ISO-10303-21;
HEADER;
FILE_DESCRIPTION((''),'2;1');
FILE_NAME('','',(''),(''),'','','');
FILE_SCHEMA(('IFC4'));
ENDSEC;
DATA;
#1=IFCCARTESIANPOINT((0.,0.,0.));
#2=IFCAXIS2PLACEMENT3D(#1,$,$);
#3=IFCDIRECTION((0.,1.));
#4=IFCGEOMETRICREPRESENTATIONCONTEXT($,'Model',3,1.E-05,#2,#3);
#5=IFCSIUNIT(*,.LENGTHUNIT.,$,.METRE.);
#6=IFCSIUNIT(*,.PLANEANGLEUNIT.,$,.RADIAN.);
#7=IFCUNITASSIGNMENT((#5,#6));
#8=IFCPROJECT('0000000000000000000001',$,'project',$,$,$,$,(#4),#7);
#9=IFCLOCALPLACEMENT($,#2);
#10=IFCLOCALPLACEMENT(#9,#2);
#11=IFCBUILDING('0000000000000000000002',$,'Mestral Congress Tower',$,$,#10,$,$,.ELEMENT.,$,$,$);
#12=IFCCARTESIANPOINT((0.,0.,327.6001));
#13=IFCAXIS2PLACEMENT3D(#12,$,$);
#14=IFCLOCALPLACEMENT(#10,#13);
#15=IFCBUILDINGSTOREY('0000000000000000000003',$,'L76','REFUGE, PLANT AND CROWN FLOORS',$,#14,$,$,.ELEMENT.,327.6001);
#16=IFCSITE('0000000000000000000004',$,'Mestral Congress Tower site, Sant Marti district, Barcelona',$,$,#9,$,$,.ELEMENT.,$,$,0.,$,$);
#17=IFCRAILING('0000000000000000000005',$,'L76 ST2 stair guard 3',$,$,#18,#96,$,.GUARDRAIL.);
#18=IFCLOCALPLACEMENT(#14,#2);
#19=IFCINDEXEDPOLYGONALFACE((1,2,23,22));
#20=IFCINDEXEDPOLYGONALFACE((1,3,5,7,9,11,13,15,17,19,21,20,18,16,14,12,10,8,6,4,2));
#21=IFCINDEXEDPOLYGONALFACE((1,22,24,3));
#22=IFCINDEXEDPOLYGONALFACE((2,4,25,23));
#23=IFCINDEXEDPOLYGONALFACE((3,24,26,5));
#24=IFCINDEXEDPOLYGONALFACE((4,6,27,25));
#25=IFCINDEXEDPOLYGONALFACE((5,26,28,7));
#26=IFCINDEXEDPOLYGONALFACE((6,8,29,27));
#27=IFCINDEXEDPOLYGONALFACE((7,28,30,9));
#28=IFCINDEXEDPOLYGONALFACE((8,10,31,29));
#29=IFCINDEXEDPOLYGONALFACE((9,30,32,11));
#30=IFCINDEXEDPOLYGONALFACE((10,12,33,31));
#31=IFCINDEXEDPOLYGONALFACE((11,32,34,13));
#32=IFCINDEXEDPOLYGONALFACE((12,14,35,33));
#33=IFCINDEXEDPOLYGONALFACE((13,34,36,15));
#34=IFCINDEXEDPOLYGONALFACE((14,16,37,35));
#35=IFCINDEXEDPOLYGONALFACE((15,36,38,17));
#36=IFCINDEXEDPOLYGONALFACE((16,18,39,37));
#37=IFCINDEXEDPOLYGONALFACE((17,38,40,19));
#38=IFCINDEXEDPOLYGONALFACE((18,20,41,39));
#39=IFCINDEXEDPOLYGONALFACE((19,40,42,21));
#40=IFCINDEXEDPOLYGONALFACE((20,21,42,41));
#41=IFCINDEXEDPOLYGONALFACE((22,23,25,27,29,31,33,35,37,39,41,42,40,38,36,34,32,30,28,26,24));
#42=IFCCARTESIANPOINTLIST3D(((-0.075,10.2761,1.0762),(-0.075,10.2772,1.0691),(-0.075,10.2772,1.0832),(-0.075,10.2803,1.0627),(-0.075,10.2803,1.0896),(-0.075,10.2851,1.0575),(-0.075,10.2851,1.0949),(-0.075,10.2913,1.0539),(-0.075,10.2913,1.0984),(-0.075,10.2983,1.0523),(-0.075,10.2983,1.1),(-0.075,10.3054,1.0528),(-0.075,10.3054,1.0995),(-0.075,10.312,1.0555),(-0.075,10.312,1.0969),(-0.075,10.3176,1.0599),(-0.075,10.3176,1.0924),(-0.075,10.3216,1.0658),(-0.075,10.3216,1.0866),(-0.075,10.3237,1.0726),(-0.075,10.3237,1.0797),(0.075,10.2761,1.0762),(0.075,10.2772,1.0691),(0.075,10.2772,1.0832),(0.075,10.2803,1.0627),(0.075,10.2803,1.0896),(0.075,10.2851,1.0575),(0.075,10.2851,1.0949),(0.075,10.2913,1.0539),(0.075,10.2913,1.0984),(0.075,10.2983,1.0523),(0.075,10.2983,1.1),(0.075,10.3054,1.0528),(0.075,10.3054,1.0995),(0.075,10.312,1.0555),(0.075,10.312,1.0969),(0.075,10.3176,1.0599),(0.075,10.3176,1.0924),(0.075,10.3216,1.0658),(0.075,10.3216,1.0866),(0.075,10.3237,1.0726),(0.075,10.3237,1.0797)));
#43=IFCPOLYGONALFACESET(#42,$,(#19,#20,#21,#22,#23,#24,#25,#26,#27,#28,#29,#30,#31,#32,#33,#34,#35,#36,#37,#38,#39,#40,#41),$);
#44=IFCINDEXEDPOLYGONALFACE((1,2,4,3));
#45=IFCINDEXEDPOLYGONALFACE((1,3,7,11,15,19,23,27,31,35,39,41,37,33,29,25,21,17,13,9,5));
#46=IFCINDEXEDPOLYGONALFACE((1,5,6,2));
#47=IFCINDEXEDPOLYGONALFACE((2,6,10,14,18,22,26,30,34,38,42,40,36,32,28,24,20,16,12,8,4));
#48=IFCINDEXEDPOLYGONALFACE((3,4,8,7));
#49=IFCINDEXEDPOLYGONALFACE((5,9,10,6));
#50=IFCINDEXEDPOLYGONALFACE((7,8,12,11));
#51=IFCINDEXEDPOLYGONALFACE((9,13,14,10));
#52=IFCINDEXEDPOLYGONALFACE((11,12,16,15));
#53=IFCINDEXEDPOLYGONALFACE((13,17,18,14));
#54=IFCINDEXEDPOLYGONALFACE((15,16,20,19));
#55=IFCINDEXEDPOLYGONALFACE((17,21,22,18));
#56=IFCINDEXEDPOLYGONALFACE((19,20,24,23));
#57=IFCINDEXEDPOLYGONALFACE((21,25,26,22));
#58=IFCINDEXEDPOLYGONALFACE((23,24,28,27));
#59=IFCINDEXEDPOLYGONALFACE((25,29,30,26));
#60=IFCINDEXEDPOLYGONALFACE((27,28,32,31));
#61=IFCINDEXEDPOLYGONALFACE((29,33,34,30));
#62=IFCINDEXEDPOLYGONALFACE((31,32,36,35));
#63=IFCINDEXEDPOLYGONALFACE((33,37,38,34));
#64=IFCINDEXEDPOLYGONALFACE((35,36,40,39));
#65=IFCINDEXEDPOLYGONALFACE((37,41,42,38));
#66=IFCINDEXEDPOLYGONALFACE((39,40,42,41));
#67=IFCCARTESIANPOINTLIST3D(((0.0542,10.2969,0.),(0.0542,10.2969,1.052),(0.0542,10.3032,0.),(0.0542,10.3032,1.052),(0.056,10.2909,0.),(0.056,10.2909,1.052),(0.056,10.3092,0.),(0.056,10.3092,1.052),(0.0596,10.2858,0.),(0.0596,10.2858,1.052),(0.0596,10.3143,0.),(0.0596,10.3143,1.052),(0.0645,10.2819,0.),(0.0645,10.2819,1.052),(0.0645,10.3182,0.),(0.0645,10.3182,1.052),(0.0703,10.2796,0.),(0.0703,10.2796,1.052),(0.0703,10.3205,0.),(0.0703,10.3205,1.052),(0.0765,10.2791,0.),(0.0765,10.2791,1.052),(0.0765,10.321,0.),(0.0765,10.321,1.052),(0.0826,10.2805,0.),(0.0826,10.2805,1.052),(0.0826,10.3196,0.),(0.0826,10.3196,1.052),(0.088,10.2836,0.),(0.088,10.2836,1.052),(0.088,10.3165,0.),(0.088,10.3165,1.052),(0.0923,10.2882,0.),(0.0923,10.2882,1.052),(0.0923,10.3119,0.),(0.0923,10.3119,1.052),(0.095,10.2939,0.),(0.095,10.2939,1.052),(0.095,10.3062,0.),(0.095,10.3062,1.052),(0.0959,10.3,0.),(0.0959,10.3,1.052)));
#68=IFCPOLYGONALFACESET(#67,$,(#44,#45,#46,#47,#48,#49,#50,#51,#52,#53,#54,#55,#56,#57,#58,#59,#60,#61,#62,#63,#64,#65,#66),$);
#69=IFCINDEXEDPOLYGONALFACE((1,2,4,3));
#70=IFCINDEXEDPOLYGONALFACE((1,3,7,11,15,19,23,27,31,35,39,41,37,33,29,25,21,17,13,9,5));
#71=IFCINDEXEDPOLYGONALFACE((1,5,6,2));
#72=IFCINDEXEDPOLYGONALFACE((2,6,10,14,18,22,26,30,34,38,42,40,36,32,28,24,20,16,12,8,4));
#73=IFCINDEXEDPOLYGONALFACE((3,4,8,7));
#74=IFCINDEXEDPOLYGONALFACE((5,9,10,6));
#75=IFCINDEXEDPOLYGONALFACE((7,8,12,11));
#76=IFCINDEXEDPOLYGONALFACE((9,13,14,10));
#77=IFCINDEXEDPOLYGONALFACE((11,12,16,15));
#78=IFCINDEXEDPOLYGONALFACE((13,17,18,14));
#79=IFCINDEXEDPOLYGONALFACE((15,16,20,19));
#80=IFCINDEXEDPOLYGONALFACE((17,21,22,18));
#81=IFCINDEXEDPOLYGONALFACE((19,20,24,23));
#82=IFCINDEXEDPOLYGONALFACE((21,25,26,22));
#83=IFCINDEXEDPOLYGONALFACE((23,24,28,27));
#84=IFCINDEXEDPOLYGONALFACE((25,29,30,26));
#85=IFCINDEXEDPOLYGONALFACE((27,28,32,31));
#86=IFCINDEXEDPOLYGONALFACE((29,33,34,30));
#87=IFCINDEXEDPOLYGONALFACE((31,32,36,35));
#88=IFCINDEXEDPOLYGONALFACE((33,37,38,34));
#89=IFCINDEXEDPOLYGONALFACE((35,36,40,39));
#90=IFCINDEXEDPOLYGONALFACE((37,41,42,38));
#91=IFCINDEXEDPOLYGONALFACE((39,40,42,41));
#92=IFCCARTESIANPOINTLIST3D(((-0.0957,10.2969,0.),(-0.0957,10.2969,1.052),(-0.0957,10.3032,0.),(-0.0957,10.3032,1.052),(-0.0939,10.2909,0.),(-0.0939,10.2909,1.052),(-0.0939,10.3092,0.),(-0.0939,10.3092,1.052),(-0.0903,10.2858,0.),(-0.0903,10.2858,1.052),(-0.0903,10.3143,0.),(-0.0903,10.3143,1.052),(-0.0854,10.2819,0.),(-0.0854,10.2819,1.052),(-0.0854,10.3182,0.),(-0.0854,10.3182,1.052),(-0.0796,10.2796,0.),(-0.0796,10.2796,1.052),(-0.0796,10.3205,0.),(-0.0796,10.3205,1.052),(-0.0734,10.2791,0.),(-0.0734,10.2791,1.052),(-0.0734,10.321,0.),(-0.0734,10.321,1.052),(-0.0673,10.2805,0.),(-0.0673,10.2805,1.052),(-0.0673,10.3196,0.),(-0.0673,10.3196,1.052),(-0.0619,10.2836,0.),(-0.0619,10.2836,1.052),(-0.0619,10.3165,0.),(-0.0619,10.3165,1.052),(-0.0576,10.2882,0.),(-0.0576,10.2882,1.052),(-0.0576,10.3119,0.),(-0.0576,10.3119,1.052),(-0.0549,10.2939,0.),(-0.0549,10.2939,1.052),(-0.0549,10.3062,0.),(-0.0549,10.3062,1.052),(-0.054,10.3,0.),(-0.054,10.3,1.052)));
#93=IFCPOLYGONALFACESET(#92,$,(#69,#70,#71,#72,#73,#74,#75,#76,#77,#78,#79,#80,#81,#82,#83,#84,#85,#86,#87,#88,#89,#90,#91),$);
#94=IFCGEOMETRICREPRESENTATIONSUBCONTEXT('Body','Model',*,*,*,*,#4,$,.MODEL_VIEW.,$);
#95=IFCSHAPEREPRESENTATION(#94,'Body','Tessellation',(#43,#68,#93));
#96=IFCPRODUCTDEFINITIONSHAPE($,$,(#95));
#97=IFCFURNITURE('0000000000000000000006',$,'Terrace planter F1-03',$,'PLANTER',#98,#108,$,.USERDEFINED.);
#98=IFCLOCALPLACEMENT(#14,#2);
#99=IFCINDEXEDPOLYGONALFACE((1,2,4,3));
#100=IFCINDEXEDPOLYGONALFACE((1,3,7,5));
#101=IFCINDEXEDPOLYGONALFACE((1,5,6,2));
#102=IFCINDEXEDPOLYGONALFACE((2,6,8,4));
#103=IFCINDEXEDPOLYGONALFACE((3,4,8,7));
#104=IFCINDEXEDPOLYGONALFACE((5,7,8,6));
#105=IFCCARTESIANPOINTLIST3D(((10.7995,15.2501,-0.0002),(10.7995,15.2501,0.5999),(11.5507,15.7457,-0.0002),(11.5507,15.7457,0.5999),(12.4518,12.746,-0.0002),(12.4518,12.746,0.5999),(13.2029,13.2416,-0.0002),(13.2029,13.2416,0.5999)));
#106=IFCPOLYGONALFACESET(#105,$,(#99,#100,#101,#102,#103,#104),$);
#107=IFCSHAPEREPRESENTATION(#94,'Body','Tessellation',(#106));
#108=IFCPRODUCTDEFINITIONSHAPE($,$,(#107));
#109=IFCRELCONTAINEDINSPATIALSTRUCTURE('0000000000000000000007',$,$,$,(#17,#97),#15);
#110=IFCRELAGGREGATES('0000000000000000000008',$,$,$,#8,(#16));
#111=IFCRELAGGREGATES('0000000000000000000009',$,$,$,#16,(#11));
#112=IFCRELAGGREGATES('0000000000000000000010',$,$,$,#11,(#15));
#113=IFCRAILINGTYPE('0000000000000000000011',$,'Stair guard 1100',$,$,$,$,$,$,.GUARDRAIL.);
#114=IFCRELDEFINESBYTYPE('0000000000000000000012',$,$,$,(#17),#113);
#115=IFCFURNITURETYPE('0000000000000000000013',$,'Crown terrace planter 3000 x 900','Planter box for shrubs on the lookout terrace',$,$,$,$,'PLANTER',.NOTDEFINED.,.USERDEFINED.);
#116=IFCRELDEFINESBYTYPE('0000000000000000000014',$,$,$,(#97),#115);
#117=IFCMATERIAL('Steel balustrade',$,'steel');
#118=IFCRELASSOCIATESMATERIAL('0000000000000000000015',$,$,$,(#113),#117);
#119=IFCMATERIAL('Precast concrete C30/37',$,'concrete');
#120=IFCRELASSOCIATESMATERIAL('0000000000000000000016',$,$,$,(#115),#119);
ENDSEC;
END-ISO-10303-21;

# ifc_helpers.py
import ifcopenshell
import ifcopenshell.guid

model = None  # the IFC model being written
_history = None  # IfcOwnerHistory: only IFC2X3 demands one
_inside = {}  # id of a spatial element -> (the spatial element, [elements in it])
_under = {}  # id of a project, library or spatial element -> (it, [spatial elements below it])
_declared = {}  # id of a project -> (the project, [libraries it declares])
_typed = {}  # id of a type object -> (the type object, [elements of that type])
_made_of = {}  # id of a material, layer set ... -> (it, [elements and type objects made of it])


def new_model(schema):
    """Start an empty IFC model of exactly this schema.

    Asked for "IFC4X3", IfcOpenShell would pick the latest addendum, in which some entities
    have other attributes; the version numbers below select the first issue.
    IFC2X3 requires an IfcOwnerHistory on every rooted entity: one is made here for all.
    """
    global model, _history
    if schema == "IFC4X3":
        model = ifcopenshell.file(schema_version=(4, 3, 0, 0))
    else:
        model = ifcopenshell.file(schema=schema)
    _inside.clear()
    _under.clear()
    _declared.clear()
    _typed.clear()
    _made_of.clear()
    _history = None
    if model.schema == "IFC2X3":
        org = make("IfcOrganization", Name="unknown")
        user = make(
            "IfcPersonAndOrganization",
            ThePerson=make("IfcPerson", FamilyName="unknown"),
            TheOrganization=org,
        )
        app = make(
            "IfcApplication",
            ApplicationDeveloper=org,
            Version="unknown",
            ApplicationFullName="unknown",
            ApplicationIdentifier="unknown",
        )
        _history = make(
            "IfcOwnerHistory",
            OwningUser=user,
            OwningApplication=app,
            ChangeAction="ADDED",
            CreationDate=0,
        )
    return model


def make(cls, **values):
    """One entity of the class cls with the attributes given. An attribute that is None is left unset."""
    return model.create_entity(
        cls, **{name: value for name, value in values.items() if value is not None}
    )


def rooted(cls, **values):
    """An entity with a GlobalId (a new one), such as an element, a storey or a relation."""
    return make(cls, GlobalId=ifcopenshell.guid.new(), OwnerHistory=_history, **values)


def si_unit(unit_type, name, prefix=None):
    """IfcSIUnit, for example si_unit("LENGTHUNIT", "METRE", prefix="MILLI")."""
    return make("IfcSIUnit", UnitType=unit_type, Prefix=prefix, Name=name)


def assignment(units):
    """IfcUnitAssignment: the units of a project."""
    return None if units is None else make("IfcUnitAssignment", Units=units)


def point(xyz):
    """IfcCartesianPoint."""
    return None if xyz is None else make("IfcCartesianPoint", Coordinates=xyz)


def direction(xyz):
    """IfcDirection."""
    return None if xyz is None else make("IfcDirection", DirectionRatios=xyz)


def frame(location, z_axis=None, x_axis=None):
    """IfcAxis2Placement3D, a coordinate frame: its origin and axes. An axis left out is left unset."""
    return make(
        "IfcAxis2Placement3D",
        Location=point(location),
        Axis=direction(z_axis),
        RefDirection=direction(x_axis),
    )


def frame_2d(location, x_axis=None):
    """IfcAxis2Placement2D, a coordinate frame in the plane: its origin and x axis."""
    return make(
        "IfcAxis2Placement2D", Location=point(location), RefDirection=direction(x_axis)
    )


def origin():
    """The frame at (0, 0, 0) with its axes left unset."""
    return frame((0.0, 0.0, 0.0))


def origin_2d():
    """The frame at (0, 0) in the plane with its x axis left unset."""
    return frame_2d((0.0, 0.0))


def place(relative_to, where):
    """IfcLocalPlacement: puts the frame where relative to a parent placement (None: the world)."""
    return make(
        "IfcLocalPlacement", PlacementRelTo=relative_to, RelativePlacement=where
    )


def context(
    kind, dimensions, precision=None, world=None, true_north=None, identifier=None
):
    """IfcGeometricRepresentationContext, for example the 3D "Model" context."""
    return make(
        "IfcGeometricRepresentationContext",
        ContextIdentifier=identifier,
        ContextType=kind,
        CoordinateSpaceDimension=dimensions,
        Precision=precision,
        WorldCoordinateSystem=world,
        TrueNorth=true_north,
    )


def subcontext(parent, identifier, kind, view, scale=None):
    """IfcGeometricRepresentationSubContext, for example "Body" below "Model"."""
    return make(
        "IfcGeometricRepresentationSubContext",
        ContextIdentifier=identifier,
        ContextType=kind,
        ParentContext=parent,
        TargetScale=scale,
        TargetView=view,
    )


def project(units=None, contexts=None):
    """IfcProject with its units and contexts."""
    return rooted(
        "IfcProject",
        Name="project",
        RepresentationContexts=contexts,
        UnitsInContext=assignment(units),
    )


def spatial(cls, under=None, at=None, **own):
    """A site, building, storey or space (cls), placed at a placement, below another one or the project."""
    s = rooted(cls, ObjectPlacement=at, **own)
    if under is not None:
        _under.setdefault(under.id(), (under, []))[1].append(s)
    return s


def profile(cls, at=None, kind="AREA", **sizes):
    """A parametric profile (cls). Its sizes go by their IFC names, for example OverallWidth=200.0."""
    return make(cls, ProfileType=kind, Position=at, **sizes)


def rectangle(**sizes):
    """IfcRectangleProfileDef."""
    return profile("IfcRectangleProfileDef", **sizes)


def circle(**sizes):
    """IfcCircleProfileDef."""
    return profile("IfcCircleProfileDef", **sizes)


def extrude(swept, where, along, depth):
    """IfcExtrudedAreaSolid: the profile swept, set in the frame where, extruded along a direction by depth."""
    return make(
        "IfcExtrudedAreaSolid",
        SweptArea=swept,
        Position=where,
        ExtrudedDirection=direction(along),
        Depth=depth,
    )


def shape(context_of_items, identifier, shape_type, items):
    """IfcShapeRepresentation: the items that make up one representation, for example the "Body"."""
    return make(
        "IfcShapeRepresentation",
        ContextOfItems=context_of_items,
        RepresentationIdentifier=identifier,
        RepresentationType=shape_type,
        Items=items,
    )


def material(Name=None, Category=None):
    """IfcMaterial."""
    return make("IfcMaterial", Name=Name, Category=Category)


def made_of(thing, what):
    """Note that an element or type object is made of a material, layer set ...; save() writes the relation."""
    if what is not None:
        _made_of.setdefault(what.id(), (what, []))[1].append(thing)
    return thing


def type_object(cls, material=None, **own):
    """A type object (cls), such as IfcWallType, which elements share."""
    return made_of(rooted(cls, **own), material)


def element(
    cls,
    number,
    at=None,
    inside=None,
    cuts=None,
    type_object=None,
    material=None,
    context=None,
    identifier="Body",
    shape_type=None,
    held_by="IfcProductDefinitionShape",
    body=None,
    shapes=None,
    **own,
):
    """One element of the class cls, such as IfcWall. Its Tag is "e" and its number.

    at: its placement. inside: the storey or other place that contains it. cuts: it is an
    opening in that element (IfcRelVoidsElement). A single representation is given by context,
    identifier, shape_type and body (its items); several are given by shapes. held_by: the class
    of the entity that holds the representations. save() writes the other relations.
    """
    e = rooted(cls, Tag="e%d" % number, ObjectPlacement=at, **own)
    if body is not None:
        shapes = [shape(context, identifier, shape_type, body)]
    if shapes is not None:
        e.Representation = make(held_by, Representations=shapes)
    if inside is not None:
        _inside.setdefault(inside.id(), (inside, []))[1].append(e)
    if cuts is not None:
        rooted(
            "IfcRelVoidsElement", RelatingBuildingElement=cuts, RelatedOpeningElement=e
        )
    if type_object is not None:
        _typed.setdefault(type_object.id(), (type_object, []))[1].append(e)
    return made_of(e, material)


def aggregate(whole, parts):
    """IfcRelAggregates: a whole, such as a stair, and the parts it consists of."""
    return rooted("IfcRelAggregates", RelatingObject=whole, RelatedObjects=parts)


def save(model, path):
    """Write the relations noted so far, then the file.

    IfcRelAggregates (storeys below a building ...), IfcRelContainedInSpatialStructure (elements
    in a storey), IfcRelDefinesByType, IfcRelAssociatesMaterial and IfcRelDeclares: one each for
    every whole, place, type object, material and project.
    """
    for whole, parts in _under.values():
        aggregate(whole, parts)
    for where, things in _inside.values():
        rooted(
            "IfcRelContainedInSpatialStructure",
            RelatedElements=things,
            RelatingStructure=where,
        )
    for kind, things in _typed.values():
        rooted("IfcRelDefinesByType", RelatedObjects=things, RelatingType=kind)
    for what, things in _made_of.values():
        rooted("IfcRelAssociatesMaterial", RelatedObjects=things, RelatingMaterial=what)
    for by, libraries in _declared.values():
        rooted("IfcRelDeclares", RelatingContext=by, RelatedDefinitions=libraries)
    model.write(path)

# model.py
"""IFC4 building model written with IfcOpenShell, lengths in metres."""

from ifc_helpers import new_model, si_unit, direction, frame, origin, origin_2d, place, context, subcontext, project, spatial, rectangle, circle, extrude, material, type_object, element, save


model = new_model("IFC4")

# Units and contexts
model_context = context("Model", 3, precision=1e-05, world=origin(), true_north=direction((0.0, 1.0)))
body_context = subcontext(model_context, "Body", "Model", "MODEL_VIEW")
ifc_project = project(units=[si_unit("LENGTHUNIT", "METRE"), si_unit("PLANEANGLEUNIT", "RADIAN")], contexts=[model_context])

# Site, building, storey
site_placement = place(None, origin())
site = spatial("IfcSite", under=ifc_project, at=site_placement, Name="Mestral Congress Tower site, Sant Marti district, Barcelona", CompositionType="ELEMENT", RefElevation=0.0)
building_placement = place(site_placement, origin())
building = spatial("IfcBuilding", under=site, at=building_placement, Name="Mestral Congress Tower", CompositionType="ELEMENT")
storey_placement = place(building_placement, frame((0.0, 0.0, 327.6001)))
storey = spatial("IfcBuildingStorey", under=building, at=storey_placement, Name="L76", Description="REFUGE, PLANT AND CROWN FLOORS", CompositionType="ELEMENT", Elevation=327.6001)

# Railing
ifc_material_1 = material(Name="Steel balustrade", Category="steel")
railing_type_1 = type_object("IfcRailingType", Name="Stair guard 1100", PredefinedType="GUARDRAIL", material=ifc_material_1)
railing_1_placement = place(storey_placement, frame((0.075, 10.3, 0.0)))
element("IfcRailing", 1, at=railing_1_placement, inside=storey, type_object=railing_type_1, Name="L76 ST2 stair guard 3", PredefinedType="GUARDRAIL", context=body_context, shape_type="SweptSolid", body=[
    extrude(circle(Radius=0.0239, at=origin_2d()), frame((0.0, 0.0, 1.0762), z_axis=(-1.0, 0.0, 0.0), x_axis=(0.0, -1.0, 0.0)), (0.0, 0.0, 1.0), 0.1499),
    extrude(circle(Radius=0.021, at=origin_2d()), origin(), (0.0, 0.0, 1.0), 1.052),
    extrude(circle(Radius=0.021, at=origin_2d()), frame((-0.1499, 0.0, 0.0)), (0.0, 0.0, 1.0), 1.052),
])

# Furniture
ifc_material_2 = material(Name="Precast concrete C30/37", Category="concrete")
furniture_type = type_object("IfcFurnitureType", Name="Crown terrace planter 3000 x 900", Description="Planter box for shrubs on the lookout terrace", ElementType="PLANTER", AssemblyPlace="NOTDEFINED", PredefinedType="USERDEFINED", material=ifc_material_2)
furniture_placement = place(storey_placement, frame((12.0012, 14.2458, -0.0002), z_axis=(0.0, 0.0, 1.0), x_axis=(-0.550743, 0.834675, 0.0)))
element("IfcFurniture", 2, at=furniture_placement, inside=storey, type_object=furniture_type, Name="Terrace planter F1-03", ObjectType="PLANTER", PredefinedType="USERDEFINED", context=body_context, shape_type="SweptSolid", body=[
    extrude(rectangle(XDim=3.0, YDim=0.8999, at=origin_2d()), origin(), (0.0, 0.0, 1.0), 0.6001),
])

save(model, "model.ifc")
